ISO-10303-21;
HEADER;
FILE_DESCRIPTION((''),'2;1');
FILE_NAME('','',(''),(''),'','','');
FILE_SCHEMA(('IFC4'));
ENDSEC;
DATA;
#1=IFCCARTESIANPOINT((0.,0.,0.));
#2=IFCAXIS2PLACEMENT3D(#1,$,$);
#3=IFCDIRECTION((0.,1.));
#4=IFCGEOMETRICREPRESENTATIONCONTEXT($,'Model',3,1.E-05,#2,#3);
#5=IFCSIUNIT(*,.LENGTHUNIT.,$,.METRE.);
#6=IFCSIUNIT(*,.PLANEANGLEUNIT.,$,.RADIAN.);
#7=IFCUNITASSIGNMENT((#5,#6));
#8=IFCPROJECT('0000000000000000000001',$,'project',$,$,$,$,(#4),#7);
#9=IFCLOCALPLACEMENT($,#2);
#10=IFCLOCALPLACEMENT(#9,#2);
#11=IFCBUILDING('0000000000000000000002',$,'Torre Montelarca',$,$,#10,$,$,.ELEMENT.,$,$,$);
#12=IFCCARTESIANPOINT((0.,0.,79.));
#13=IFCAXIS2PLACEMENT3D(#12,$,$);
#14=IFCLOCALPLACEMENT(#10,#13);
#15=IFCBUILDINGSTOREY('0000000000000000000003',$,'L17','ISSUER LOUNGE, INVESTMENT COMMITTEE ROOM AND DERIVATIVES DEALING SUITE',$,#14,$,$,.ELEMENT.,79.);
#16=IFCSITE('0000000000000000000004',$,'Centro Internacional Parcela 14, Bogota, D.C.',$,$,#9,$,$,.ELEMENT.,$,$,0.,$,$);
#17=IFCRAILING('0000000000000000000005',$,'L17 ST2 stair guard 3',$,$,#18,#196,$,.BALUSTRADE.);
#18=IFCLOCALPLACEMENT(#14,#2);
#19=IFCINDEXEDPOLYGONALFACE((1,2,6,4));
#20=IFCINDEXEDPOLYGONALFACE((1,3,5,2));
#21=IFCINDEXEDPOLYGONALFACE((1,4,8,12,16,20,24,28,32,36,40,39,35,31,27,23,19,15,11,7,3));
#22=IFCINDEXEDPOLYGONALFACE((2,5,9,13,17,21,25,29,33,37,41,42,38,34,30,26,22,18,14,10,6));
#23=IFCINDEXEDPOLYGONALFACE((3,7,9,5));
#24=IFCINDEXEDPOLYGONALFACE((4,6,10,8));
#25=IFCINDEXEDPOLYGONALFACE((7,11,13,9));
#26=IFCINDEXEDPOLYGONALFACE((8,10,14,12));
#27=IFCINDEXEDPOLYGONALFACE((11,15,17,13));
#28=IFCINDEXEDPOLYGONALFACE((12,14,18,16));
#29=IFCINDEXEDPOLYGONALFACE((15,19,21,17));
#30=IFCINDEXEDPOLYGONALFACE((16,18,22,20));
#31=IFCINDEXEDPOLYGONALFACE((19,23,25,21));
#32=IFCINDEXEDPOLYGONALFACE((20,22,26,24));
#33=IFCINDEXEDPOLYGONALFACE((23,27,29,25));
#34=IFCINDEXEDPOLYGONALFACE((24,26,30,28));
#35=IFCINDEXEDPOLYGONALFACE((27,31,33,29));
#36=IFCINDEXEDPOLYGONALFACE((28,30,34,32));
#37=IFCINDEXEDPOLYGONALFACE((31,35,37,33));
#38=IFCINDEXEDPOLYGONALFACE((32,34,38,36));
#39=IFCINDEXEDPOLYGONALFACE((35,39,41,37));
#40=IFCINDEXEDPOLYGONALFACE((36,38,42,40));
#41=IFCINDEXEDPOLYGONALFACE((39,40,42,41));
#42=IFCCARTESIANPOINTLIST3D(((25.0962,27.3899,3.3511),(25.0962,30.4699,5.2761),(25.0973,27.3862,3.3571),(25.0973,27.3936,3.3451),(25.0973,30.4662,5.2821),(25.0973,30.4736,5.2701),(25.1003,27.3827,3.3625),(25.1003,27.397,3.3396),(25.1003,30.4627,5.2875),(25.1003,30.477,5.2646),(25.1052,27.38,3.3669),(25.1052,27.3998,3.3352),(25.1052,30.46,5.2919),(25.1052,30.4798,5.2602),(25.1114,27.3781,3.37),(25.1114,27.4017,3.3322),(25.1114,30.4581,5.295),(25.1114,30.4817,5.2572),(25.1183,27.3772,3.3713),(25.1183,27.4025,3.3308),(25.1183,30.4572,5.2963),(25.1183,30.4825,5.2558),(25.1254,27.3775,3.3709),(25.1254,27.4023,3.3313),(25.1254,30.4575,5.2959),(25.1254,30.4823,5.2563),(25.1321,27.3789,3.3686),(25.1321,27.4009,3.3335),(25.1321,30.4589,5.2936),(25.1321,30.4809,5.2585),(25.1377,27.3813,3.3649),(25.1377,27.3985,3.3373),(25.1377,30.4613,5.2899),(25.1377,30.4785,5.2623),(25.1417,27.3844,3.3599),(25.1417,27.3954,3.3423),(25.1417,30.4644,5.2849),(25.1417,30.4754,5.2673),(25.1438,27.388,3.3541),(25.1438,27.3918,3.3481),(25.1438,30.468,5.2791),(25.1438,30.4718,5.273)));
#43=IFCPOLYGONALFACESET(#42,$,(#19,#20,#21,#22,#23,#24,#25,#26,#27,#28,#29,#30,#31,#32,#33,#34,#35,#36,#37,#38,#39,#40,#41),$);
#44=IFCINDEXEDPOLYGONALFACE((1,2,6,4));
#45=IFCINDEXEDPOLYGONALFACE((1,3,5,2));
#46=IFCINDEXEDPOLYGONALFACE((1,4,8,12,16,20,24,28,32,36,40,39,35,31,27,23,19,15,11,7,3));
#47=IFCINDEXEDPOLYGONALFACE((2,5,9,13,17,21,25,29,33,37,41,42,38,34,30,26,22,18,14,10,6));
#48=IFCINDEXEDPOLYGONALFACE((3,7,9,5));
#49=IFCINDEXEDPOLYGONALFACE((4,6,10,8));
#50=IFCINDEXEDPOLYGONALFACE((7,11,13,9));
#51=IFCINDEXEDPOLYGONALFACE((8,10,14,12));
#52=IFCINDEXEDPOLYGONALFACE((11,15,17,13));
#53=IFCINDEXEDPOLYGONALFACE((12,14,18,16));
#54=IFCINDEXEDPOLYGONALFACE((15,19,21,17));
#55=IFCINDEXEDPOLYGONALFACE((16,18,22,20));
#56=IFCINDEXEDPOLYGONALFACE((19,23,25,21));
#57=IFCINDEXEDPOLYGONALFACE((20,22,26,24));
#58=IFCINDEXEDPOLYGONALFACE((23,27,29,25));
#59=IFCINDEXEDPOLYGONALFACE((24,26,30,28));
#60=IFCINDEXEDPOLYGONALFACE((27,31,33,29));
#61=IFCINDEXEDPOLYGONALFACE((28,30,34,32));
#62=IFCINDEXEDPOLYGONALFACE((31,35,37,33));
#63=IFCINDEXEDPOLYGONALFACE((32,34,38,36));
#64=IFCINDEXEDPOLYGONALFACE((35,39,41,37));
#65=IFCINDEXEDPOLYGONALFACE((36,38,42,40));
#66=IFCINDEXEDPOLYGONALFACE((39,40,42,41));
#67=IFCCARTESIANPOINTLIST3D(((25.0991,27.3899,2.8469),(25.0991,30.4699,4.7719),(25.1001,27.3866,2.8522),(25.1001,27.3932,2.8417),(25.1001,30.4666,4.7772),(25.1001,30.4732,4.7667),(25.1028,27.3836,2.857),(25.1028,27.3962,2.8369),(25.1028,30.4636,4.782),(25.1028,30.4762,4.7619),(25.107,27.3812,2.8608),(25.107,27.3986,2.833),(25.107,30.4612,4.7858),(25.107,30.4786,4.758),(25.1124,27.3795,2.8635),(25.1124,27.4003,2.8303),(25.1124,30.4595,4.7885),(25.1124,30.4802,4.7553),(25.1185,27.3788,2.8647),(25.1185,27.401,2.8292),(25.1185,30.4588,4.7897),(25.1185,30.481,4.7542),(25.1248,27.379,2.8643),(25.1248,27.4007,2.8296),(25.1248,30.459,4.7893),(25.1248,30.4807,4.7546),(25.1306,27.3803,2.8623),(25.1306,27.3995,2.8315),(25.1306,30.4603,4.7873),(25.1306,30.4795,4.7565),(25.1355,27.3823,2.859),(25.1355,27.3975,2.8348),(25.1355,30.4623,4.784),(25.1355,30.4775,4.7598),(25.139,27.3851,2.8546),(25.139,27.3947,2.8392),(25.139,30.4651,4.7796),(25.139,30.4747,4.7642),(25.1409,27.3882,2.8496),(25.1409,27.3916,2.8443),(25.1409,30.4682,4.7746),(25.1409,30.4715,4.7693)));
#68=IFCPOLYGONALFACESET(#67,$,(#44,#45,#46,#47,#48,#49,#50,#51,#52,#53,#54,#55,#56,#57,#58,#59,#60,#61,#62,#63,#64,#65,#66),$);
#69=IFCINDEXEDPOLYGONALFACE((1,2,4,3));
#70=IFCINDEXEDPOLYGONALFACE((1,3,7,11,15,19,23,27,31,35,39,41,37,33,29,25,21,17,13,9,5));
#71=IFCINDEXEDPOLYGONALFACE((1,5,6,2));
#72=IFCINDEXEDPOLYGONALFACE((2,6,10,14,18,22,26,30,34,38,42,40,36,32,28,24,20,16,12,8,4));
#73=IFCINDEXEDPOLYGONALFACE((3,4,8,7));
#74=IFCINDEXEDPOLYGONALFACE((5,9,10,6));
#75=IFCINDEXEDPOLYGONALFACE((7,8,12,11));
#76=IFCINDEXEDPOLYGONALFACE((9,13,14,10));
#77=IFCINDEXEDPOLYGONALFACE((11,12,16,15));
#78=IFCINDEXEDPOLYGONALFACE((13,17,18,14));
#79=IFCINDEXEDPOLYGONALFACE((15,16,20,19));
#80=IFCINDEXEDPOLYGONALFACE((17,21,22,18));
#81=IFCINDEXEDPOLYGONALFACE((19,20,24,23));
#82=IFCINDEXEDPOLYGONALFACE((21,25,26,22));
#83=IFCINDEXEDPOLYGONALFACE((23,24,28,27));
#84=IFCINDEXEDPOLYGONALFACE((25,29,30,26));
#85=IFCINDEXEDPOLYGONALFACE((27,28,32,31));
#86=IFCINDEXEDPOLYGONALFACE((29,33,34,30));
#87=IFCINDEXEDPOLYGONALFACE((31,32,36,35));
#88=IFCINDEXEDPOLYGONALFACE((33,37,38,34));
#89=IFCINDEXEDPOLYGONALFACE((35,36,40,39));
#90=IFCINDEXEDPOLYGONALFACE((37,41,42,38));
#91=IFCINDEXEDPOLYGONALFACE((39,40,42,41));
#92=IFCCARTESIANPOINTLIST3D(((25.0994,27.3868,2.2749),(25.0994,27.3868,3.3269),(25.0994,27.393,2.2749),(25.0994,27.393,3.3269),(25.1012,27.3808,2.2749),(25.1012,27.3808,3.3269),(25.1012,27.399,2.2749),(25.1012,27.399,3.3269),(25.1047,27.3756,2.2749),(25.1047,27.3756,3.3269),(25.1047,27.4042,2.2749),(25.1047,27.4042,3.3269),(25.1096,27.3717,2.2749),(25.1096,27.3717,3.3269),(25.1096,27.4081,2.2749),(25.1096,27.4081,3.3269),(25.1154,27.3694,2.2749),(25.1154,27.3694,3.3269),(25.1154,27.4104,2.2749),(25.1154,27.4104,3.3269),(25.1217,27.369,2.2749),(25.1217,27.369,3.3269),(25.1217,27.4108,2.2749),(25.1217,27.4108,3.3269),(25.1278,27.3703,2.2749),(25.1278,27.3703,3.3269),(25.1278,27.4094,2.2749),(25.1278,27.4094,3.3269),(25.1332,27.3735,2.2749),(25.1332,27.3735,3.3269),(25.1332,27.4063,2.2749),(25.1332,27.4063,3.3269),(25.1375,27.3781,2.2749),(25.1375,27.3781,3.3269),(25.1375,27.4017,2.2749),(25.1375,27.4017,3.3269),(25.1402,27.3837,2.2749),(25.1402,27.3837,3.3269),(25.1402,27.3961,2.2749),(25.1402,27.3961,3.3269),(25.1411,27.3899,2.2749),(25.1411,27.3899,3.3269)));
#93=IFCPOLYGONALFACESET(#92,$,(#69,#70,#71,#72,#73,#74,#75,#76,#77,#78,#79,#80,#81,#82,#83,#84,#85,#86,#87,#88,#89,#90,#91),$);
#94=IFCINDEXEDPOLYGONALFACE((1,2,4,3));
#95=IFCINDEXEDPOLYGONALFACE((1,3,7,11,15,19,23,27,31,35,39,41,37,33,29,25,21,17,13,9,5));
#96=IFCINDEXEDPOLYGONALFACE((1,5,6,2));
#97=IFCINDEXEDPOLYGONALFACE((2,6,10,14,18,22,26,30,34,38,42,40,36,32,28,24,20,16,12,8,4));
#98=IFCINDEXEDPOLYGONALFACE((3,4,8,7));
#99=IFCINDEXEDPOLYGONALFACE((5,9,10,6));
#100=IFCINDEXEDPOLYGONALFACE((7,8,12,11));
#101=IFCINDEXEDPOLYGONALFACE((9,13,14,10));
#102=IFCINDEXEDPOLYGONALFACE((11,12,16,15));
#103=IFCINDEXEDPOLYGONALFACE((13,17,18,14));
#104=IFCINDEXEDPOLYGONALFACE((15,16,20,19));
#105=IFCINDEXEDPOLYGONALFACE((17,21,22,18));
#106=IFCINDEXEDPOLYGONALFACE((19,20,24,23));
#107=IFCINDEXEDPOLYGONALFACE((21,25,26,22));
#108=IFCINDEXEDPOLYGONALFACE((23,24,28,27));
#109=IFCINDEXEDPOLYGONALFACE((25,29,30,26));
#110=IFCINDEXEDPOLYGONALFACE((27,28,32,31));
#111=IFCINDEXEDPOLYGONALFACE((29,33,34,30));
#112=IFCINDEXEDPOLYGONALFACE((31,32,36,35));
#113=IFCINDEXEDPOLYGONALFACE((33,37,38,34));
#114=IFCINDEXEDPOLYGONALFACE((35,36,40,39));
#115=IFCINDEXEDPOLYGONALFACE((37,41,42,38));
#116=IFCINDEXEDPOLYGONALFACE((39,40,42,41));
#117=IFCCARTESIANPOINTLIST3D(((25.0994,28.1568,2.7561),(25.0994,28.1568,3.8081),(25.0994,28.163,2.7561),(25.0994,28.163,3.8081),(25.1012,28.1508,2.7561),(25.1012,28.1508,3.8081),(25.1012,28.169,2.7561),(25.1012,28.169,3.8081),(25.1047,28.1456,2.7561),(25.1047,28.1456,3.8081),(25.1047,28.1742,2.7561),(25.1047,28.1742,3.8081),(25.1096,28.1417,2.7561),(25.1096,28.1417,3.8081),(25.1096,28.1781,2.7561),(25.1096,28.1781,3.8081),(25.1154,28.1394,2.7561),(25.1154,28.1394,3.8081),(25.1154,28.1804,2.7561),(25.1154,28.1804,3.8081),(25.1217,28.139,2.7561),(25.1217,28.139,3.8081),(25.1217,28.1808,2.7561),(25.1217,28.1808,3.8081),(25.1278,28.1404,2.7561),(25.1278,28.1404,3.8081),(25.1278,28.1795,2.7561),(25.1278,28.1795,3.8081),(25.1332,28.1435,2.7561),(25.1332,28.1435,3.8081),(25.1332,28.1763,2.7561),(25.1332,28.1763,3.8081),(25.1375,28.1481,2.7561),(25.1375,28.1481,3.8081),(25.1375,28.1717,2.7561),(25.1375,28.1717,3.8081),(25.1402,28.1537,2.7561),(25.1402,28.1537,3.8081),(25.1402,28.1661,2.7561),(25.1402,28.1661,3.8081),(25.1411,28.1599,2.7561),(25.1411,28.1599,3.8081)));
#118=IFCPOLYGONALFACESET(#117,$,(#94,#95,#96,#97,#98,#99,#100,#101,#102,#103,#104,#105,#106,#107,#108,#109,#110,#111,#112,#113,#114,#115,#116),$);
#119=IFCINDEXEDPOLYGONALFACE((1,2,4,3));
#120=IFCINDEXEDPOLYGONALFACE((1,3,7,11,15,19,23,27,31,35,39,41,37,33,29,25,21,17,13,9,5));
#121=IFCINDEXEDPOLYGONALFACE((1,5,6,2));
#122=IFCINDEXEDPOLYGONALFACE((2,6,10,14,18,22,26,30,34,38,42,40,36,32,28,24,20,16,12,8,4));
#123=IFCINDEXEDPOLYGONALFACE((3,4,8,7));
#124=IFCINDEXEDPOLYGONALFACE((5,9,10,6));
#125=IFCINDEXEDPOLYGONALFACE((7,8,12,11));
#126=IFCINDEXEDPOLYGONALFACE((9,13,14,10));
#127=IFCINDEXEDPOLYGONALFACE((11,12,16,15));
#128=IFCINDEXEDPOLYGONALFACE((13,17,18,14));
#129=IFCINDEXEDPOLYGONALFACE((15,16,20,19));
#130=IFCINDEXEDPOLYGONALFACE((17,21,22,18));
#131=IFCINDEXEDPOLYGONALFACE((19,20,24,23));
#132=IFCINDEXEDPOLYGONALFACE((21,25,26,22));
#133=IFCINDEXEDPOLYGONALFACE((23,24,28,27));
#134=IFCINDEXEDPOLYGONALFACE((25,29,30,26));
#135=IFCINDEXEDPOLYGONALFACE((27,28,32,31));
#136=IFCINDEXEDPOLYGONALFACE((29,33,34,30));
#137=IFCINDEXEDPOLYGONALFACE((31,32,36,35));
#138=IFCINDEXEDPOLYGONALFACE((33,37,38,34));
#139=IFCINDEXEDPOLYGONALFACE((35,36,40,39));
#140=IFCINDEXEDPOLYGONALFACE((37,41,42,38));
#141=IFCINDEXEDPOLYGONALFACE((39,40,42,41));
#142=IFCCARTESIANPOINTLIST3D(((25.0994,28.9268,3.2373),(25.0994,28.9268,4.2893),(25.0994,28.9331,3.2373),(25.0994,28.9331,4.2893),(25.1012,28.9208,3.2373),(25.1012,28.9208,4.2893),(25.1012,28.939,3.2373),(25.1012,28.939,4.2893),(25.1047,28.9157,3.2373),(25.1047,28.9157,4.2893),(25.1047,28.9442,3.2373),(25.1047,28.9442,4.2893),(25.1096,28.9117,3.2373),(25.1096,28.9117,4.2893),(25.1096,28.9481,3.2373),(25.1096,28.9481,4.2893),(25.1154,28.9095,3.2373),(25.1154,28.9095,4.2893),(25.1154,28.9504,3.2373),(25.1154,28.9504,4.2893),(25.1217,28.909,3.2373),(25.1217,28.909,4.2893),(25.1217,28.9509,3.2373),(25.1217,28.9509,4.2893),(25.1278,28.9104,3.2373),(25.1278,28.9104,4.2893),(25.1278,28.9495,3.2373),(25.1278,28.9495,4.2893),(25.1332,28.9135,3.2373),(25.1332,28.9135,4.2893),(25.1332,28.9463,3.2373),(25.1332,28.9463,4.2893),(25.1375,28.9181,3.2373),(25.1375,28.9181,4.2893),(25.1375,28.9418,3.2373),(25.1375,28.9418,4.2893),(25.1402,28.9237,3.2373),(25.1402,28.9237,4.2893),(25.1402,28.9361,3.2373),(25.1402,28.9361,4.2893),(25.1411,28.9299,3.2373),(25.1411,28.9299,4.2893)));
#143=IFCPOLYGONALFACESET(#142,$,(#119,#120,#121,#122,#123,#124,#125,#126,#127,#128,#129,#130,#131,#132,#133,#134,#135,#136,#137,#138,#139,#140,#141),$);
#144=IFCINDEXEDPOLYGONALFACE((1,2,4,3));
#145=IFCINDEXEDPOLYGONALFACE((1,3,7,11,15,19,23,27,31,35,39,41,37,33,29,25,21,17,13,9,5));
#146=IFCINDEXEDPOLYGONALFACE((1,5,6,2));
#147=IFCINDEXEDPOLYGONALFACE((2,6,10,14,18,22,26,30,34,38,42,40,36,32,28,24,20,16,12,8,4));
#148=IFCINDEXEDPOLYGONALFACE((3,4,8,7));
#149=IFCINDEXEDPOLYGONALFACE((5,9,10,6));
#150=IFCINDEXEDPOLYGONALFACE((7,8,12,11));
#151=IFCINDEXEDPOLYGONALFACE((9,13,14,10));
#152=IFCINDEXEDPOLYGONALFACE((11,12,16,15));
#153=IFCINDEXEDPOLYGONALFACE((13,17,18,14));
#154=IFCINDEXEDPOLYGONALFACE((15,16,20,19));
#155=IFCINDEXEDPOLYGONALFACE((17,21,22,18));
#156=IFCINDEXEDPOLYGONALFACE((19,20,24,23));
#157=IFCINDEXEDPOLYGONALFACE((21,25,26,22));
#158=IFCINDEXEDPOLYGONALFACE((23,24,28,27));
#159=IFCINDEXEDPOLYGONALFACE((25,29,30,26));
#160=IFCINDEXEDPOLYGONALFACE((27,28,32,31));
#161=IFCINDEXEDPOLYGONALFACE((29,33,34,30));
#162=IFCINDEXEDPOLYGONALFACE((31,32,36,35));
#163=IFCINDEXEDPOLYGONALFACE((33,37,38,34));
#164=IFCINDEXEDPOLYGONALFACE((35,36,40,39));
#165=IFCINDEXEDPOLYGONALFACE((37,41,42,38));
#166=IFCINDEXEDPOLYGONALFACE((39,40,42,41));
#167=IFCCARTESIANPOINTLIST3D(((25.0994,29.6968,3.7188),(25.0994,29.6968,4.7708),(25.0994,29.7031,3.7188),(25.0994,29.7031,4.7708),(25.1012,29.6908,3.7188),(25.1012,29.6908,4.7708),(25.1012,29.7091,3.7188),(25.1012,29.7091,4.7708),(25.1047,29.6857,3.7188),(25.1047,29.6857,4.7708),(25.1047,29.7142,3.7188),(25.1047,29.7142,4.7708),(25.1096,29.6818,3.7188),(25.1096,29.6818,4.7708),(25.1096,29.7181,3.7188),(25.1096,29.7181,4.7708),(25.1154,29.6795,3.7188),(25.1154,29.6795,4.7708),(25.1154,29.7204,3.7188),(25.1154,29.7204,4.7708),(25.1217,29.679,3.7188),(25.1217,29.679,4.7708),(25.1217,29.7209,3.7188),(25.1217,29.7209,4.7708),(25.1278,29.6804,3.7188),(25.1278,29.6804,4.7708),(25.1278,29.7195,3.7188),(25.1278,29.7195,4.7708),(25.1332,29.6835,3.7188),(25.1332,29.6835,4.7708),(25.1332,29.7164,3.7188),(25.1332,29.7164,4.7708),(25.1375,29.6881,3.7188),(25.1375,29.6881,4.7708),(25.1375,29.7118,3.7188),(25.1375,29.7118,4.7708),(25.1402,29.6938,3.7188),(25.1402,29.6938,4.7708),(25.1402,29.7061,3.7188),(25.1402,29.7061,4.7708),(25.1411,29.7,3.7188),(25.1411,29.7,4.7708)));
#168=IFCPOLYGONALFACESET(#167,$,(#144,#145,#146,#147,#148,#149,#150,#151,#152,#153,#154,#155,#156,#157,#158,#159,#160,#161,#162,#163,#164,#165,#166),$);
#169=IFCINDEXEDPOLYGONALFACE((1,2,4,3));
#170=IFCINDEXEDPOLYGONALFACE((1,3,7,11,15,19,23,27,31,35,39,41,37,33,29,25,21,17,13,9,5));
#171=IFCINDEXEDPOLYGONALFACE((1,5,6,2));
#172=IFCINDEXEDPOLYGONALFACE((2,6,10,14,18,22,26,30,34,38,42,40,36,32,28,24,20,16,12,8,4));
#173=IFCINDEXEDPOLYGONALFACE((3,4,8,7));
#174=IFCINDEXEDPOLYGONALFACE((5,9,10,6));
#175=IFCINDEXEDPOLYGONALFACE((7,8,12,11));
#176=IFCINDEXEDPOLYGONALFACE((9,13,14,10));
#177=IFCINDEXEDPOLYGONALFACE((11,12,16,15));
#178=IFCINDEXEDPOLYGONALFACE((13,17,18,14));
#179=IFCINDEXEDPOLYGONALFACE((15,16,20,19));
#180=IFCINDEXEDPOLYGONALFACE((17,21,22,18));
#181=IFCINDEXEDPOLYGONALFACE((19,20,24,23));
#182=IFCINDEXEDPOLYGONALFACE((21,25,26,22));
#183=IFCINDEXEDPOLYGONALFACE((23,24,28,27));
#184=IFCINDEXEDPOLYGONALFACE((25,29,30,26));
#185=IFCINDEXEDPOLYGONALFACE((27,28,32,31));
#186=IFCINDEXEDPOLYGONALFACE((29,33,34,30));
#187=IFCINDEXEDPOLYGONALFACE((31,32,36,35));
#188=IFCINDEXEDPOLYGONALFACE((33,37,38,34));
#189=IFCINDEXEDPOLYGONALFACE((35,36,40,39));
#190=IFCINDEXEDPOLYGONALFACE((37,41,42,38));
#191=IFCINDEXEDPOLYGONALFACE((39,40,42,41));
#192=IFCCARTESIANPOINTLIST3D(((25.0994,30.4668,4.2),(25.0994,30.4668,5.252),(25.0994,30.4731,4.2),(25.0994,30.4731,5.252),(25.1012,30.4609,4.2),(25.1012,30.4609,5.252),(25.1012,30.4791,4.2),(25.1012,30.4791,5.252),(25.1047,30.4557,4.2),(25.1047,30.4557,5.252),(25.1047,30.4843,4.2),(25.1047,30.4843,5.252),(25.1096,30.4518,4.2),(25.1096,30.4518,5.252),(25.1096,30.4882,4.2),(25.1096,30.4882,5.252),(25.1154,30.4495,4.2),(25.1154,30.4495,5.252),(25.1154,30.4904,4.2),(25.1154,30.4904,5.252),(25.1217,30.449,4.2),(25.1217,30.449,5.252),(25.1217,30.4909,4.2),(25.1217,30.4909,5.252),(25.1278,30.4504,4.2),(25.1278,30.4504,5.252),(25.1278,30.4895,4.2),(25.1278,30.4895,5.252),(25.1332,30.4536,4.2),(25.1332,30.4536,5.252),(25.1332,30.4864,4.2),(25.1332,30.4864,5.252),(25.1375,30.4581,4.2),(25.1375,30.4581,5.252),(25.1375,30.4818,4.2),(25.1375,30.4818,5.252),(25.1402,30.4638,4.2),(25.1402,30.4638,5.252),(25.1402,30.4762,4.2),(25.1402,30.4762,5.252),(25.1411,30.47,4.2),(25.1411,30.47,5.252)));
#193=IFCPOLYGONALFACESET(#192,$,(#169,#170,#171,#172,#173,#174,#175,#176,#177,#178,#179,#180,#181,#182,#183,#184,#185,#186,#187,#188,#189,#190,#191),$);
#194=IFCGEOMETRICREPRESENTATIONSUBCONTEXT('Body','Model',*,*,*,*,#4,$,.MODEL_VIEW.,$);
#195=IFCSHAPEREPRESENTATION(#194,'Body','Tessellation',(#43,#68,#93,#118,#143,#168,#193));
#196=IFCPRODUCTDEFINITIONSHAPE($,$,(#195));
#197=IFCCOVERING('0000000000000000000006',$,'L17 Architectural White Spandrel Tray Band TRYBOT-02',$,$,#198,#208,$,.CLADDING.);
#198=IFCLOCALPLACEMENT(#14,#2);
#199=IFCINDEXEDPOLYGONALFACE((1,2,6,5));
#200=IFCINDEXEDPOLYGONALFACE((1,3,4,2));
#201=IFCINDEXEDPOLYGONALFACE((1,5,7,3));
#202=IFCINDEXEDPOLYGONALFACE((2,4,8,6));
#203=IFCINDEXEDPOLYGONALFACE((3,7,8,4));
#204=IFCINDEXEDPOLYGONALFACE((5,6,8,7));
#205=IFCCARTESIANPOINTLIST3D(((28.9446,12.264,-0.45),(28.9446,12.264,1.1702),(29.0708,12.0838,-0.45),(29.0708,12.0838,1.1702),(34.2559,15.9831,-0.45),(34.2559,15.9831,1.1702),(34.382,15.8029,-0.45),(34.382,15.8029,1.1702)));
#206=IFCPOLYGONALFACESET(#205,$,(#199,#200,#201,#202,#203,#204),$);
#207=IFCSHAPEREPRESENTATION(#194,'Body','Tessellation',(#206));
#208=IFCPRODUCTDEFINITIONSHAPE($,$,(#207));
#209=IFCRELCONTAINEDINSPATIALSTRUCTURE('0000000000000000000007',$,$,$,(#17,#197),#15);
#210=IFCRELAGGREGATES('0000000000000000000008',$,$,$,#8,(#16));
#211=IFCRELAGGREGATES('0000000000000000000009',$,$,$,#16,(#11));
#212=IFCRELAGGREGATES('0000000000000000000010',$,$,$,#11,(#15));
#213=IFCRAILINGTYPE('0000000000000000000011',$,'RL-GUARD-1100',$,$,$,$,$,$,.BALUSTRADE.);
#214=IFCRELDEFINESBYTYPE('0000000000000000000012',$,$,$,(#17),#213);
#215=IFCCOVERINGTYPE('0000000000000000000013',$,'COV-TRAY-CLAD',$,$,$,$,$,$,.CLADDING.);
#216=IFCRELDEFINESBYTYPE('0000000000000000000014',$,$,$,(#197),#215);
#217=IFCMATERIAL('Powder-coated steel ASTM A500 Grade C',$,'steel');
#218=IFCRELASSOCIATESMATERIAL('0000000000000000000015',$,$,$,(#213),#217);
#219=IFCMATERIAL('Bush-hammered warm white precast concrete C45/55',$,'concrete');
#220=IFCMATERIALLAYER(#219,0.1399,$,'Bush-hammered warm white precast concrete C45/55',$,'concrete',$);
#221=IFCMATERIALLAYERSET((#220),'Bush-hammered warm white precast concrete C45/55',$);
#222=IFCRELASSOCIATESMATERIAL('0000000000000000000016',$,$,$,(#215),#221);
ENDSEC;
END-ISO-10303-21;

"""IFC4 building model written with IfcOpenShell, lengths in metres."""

from ifc_helpers import new_model, si_unit, direction, frame, origin, origin_2d, place, context, subcontext, project, spatial, rectangle, circle, extrude, source, transform, mapped, material, layer, layer_set, type_object, element, save


model = new_model("IFC4")

# Units and contexts
model_context = context("Model", 3, precision=1e-05, world=origin(), true_north=direction((0.0, 1.0)))
body_context = subcontext(model_context, "Body", "Model", "MODEL_VIEW")
ifc_project = project(units=[si_unit("LENGTHUNIT", "METRE"), si_unit("PLANEANGLEUNIT", "RADIAN")], contexts=[model_context])

# Site, building, storey
site_placement = place(None, origin())
site = spatial("IfcSite", under=ifc_project, at=site_placement, Name="Centro Internacional Parcela 14, Bogota, D.C.", CompositionType="ELEMENT", RefElevation=0.0)
building_placement = place(site_placement, origin())
building = spatial("IfcBuilding", under=site, at=building_placement, Name="Torre Montelarca", CompositionType="ELEMENT")
storey_placement = place(building_placement, frame((0.0, 0.0, 79.0)))
storey = spatial("IfcBuildingStorey", under=building, at=storey_placement, Name="L17", Description="ISSUER LOUNGE, INVESTMENT COMMITTEE ROOM AND DERIVATIVES DEALING SUITE", CompositionType="ELEMENT", Elevation=79.0)

# Railing
ifc_material_1 = material(Name="Powder-coated steel ASTM A500 Grade C", Category="steel")
railing_type = type_object("IfcRailingType", Name="RL-GUARD-1100", PredefinedType="BALUSTRADE", material=ifc_material_1)
railing_1_placement = place(storey_placement, frame((25.1201, 27.3899, 2.2749)))
element("IfcRailing", 1, at=railing_1_placement, inside=storey, type_object=railing_type, Name="L17 ST2 stair guard 3", PredefinedType="BALUSTRADE", context=body_context, shape_type="SweptSolid", body=[
    extrude(circle(Radius=0.0239, at=origin_2d()), frame((0.0, 0.0, 1.0762), z_axis=(0.0, 0.847998, 0.529999), x_axis=(-1.0, 0.0, 0.0)), (0.0, 0.0, 1.0), 3.6321),
    extrude(circle(Radius=0.021, at=origin_2d()), frame((0.0, 0.0, 0.572), z_axis=(0.0, 0.847998, 0.529999), x_axis=(-1.0, 0.0, 0.0)), (0.0, 0.0, 1.0), 3.6321),
    extrude(circle(Radius=0.021, at=origin_2d()), origin(), (0.0, 0.0, 1.0), 1.052),
    extrude(circle(Radius=0.021, at=origin_2d()), frame((0.0, 0.77, 0.4812)), (0.0, 0.0, 1.0), 1.052),
    extrude(circle(Radius=0.021, at=origin_2d()), frame((0.0, 1.54, 0.9624)), (0.0, 0.0, 1.0), 1.052),
    extrude(circle(Radius=0.021, at=origin_2d()), frame((0.0, 2.3101, 1.4438)), (0.0, 0.0, 1.0), 1.052),
    extrude(circle(Radius=0.021, at=origin_2d()), frame((0.0, 3.0801, 1.925)), (0.0, 0.0, 1.0), 1.052),
])

# Covering
ifc_material_2 = material(Name="Bush-hammered warm white precast concrete C45/55", Category="concrete")
ifc_layer_1 = layer(ifc_material_2, 0.1399, Name="Bush-hammered warm white precast concrete C45/55", Category="concrete")
ifc_layer_set_1 = layer_set([ifc_layer_1], Name="Bush-hammered warm white precast concrete C45/55")
covering_type = type_object("IfcCoveringType", Name="COV-TRAY-CLAD", PredefinedType="CLADDING", material=ifc_layer_set_1)
shared_shape_1 = source(origin(), body_context, "Body", "SweptSolid", [
    extrude(rectangle(XDim=6.4839, YDim=0.22, at=origin_2d()), origin(), (0.0, 0.0, 1.0), 1.6201),
])
covering_1_placement = place(storey_placement, frame((31.6633, 14.0334, -0.45), z_axis=(0.0, 0.0, 1.0), x_axis=(0.819148, 0.573582, 0.0)))
element("IfcCovering", 2, at=covering_1_placement, inside=storey, type_object=covering_type, Name="L17 Architectural White Spandrel Tray Band TRYBOT-02", PredefinedType="CLADDING", context=body_context, shape_type="MappedRepresentation", body=[
    mapped(shared_shape_1, transform((0.0, 0.0, 0.0), scale=1.0)),
])

save(model, "model.ifc")
